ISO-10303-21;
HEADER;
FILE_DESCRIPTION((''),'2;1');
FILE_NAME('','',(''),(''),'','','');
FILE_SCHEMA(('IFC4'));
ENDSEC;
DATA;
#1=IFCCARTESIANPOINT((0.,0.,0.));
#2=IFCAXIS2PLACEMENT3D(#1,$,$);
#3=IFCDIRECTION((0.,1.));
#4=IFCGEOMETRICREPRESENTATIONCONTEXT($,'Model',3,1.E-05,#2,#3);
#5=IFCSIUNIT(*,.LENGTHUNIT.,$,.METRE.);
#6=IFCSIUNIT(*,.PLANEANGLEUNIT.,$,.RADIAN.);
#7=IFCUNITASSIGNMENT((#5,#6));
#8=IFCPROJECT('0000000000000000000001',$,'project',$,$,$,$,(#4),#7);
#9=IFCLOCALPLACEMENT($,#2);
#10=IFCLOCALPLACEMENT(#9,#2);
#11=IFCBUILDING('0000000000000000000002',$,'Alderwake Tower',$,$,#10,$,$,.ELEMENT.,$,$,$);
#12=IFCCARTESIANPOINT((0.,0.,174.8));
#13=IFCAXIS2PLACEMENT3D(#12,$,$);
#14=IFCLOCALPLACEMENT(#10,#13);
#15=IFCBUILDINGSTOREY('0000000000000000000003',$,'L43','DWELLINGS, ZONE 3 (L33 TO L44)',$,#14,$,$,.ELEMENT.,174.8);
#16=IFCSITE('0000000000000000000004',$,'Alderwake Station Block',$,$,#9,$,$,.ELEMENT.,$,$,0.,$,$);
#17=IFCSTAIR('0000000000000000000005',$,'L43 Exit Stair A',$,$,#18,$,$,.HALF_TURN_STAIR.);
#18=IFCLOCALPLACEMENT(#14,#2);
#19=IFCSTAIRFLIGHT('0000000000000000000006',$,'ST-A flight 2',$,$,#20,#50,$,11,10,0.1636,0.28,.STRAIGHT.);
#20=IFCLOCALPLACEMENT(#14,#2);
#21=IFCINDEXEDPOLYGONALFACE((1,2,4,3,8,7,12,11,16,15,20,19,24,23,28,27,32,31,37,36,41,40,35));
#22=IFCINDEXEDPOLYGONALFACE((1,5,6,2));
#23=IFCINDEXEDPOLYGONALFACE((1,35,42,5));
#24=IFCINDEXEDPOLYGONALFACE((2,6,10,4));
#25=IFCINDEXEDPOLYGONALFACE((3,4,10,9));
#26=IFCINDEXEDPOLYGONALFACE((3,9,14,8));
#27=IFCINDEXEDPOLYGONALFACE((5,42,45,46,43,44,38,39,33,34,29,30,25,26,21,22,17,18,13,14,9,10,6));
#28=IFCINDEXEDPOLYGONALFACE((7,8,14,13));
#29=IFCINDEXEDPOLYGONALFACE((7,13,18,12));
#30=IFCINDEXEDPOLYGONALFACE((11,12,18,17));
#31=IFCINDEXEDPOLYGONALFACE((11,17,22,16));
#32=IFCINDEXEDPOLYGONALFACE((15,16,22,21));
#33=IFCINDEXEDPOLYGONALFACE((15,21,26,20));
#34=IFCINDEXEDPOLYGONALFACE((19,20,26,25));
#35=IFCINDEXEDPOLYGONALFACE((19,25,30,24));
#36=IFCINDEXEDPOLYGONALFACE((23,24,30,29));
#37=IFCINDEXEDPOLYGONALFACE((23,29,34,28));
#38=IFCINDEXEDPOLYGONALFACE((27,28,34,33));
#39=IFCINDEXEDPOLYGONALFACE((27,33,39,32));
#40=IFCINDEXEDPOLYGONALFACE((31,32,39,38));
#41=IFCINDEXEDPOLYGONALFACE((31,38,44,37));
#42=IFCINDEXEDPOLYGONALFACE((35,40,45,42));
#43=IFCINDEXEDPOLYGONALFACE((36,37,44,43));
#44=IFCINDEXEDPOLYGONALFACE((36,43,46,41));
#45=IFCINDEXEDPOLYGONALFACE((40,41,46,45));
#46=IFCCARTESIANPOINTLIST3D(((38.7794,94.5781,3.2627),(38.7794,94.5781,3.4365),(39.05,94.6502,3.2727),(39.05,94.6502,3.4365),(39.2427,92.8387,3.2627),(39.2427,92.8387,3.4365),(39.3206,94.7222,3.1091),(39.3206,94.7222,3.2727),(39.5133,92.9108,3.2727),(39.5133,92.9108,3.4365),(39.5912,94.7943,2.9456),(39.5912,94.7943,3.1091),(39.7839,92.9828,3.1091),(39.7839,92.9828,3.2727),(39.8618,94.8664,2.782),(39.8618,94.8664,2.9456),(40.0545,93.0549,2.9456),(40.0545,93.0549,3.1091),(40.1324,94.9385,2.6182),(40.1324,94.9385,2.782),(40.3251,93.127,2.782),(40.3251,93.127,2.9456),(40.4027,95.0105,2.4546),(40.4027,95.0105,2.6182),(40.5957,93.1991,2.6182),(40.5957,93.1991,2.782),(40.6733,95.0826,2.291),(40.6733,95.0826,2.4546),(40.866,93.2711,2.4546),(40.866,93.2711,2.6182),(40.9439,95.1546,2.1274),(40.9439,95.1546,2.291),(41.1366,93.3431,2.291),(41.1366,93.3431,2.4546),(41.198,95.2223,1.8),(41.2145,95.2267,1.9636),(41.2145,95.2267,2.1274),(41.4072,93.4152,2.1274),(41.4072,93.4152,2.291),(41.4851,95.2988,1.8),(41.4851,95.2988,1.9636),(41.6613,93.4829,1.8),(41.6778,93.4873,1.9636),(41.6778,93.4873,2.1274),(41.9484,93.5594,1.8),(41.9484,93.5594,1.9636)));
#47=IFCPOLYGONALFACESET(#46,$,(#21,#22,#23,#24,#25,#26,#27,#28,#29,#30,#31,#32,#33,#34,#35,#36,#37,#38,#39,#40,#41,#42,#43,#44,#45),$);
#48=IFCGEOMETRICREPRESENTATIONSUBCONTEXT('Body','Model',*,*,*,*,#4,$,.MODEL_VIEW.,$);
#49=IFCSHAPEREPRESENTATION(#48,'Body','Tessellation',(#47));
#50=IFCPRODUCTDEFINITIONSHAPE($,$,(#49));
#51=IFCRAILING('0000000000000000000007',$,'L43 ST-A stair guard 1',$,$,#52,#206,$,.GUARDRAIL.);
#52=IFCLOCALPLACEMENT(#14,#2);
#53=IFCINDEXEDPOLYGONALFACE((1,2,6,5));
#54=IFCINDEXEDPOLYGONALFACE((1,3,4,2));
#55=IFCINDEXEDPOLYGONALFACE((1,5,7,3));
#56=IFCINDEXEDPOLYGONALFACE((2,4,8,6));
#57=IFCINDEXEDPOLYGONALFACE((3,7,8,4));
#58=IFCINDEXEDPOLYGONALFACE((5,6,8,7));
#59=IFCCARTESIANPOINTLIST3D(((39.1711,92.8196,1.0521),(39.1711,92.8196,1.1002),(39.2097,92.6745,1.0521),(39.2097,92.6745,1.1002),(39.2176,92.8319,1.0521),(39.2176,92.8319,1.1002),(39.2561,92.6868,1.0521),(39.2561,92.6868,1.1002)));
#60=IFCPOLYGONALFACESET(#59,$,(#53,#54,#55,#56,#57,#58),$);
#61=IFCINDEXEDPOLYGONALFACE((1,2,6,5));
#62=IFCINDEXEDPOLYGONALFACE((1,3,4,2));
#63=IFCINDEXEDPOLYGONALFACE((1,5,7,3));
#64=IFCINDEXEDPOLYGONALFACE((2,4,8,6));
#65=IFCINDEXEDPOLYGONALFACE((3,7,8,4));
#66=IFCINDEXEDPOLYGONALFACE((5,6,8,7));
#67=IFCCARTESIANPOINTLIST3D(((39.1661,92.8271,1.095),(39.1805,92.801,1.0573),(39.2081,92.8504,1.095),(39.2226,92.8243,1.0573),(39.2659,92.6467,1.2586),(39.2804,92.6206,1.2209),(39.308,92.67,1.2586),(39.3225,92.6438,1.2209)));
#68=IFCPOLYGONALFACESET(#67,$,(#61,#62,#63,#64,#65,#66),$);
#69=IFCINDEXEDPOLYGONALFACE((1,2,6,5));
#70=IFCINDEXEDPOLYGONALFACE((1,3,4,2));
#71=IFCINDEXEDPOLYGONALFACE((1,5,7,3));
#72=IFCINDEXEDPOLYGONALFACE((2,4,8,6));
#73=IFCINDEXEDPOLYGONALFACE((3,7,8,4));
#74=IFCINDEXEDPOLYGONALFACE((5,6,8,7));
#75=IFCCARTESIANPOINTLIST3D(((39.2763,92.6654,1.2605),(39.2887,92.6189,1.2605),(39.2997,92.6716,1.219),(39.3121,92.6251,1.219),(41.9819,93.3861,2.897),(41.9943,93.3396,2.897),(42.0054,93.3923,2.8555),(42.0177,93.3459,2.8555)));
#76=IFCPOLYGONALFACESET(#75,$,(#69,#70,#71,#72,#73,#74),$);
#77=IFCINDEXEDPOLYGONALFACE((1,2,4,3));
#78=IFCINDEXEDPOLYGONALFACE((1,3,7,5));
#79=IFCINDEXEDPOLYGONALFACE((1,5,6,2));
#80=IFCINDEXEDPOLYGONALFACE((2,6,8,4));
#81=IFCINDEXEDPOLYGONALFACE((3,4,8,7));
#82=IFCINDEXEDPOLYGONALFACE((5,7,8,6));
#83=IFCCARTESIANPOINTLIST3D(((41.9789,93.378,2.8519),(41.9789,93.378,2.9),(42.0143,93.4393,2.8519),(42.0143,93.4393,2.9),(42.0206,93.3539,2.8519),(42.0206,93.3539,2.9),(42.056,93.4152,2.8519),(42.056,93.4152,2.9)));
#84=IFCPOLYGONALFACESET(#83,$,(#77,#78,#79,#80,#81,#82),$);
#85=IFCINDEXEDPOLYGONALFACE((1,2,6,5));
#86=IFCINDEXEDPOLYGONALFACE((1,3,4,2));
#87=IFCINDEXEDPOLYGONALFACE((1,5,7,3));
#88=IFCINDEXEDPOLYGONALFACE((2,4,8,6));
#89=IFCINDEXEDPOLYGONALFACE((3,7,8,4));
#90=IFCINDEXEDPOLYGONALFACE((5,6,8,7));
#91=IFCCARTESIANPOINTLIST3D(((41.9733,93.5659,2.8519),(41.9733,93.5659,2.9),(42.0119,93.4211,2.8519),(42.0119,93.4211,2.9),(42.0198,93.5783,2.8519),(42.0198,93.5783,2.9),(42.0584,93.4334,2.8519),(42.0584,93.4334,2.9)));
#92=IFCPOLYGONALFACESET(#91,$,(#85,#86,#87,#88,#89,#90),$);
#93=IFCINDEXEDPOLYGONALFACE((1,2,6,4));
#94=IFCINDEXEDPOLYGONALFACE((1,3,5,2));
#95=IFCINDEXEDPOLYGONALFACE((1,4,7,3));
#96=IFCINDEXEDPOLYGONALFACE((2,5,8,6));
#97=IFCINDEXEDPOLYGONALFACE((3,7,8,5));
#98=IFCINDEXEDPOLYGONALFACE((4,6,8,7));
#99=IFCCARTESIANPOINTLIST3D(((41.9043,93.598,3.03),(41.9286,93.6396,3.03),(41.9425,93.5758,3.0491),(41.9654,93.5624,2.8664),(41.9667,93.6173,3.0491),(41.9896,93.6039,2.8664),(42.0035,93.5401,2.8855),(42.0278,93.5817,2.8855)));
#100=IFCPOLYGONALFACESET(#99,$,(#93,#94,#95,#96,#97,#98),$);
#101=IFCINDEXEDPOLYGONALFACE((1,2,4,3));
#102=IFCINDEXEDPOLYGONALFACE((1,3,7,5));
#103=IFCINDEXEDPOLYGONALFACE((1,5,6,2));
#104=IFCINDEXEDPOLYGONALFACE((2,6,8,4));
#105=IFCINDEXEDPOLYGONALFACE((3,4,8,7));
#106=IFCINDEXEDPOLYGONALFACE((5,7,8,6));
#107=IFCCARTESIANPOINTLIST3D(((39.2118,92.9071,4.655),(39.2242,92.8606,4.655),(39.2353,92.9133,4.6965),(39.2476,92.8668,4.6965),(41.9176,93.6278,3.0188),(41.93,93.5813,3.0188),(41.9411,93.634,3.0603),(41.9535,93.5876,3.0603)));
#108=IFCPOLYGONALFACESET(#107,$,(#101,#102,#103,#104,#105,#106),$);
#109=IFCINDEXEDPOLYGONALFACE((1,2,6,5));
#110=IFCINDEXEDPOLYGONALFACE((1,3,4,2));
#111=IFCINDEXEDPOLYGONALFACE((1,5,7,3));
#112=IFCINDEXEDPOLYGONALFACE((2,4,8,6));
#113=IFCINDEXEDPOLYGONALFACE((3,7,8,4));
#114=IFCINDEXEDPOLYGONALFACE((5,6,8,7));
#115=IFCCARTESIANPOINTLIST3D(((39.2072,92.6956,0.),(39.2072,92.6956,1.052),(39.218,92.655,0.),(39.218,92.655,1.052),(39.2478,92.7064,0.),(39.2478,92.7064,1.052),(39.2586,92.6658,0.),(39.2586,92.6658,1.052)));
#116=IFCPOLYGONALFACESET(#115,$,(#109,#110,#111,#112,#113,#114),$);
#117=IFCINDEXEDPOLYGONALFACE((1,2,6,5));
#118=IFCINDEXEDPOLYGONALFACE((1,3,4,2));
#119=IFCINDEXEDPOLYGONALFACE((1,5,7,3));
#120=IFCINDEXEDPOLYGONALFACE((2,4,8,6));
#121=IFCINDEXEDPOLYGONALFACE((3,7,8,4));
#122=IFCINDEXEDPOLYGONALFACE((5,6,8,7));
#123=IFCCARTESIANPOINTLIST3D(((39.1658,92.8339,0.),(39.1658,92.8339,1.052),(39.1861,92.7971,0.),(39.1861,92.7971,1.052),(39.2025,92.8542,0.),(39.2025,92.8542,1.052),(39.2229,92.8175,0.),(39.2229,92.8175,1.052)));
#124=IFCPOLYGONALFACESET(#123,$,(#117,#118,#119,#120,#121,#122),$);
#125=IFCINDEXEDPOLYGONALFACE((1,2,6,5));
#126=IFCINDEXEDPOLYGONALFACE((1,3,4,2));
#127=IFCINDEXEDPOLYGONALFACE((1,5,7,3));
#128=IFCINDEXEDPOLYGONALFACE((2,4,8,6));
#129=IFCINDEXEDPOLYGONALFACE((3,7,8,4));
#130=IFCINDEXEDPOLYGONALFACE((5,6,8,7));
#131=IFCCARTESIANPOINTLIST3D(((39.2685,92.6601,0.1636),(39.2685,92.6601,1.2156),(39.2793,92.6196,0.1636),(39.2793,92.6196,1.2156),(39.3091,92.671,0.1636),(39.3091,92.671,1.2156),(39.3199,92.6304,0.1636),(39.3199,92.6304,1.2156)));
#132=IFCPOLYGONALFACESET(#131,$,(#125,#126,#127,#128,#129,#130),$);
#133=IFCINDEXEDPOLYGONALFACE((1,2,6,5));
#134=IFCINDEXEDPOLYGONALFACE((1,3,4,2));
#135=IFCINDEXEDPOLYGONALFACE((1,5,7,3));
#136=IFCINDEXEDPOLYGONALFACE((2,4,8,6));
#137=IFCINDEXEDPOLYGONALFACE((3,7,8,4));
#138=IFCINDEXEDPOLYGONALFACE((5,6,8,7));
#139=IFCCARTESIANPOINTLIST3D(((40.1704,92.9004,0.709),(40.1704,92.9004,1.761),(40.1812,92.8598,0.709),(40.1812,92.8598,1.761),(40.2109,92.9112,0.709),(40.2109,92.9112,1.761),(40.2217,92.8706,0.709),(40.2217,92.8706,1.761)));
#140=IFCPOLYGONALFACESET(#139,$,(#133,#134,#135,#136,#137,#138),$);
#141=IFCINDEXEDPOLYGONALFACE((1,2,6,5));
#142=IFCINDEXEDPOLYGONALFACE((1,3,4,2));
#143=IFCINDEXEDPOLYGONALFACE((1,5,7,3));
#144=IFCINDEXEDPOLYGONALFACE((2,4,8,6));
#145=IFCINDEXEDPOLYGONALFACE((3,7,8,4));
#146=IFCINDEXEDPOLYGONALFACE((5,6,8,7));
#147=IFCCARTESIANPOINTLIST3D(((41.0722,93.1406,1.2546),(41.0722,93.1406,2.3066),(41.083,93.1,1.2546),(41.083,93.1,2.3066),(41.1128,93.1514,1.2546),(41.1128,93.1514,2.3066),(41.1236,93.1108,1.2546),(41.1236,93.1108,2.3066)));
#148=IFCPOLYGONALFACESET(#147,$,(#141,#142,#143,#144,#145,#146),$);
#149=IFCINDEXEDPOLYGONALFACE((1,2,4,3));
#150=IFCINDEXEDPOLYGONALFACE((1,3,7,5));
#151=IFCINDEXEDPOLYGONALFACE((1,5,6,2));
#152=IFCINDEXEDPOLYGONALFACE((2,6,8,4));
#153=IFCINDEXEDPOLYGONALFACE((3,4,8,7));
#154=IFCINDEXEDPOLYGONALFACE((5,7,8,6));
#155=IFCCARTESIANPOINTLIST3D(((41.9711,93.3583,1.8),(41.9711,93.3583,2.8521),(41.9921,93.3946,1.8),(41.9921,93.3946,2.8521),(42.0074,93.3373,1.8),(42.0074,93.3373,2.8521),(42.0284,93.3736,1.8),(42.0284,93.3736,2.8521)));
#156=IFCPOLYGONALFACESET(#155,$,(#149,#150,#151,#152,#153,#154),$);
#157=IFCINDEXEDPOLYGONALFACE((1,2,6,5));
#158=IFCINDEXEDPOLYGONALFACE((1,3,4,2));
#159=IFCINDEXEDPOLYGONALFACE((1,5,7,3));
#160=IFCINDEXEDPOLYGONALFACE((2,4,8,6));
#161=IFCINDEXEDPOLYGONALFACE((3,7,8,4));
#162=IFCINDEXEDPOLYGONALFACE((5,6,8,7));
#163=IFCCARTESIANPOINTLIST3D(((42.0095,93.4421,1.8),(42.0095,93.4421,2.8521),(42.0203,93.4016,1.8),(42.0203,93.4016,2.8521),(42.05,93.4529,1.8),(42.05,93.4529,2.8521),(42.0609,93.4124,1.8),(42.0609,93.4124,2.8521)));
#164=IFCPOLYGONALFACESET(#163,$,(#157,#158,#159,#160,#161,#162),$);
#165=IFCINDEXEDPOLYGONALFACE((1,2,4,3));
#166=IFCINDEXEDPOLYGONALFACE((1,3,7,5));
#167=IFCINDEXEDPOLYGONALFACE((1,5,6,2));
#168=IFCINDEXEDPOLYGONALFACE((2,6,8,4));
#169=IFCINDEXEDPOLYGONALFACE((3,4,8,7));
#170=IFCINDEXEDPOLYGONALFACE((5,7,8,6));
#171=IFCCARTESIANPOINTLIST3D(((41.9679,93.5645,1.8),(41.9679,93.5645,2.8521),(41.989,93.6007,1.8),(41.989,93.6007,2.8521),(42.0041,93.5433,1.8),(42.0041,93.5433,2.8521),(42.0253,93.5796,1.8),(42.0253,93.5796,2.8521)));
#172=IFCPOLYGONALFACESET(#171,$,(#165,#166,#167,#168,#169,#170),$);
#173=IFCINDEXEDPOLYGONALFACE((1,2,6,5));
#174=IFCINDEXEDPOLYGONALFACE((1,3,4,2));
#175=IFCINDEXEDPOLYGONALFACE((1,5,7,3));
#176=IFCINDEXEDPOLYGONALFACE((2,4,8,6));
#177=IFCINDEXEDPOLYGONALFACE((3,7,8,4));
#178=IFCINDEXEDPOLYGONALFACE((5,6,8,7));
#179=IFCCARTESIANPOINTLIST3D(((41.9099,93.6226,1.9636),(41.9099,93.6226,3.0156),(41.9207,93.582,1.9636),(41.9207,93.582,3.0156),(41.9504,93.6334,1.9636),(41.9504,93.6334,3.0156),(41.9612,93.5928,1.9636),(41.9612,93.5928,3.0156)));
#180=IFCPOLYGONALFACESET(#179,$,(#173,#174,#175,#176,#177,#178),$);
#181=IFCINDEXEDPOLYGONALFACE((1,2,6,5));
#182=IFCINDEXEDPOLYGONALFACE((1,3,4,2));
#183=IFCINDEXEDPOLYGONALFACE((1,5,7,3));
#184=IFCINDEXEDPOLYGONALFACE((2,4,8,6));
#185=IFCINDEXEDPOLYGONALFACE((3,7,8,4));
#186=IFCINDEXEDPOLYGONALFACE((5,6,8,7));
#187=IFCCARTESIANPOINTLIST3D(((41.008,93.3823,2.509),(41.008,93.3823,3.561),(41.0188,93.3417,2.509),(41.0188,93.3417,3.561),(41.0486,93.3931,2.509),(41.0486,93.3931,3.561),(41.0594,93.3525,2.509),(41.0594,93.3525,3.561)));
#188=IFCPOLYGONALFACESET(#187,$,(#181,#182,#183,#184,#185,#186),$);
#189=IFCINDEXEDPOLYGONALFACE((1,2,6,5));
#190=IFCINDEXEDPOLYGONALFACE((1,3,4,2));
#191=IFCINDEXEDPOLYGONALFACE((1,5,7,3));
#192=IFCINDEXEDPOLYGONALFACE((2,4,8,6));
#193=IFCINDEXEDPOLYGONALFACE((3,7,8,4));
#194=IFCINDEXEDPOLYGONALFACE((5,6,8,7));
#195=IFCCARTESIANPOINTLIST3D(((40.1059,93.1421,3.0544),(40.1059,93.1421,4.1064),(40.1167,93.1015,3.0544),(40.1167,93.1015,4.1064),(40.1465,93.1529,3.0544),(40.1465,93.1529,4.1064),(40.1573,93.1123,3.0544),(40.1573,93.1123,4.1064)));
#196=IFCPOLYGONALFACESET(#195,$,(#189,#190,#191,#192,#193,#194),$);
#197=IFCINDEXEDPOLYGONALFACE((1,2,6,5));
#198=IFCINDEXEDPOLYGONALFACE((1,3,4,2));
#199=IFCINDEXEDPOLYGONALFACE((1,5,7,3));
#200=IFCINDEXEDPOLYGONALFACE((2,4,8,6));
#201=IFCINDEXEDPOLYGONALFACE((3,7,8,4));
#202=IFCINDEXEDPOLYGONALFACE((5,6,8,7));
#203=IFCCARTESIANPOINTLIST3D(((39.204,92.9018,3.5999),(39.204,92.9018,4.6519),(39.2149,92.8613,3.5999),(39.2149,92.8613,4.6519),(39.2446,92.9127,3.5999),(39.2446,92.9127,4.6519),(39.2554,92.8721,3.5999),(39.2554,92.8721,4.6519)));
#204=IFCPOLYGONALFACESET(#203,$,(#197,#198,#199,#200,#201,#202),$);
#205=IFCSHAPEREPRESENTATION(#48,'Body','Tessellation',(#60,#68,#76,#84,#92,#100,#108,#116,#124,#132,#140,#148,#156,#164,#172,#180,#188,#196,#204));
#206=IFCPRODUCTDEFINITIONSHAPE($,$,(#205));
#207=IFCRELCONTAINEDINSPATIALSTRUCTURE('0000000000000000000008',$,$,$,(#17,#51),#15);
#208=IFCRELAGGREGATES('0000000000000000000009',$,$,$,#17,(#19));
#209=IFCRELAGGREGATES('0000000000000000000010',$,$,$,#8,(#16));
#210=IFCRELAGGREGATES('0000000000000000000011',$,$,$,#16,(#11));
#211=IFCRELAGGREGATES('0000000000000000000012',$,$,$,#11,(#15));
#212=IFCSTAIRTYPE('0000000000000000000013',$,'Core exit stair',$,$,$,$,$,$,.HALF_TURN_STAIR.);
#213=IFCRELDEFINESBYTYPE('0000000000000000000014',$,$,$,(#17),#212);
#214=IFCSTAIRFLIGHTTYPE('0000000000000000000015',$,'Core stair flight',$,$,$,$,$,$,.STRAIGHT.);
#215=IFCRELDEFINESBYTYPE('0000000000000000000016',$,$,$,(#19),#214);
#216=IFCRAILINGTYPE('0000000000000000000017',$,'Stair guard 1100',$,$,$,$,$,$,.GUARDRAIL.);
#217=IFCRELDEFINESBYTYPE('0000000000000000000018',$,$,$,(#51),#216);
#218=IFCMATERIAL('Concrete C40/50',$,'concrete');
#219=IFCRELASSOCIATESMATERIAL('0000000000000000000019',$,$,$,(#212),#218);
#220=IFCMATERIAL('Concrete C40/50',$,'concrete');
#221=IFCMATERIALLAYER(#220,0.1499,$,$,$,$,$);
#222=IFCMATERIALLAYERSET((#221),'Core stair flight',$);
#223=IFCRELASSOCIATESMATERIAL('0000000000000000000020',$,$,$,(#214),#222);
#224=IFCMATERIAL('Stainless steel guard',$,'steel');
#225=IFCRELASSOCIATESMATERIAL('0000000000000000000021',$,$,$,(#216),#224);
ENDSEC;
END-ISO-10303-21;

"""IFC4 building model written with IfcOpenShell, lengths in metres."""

from ifc_helpers import new_model, si_unit, direction, frame, origin, origin_2d, place, context, subcontext, project, spatial, polyline, rectangle, outline, extrude, material, layer, layer_set, type_object, element, aggregate, save


model = new_model("IFC4")

# Units and contexts
model_context = context("Model", 3, precision=1e-05, world=origin(), true_north=direction((0.0, 1.0)))
body_context = subcontext(model_context, "Body", "Model", "MODEL_VIEW")
ifc_project = project(units=[si_unit("LENGTHUNIT", "METRE"), si_unit("PLANEANGLEUNIT", "RADIAN")], contexts=[model_context])

# Site, building, storey
site_placement = place(None, origin())
site = spatial("IfcSite", under=ifc_project, at=site_placement, Name="Alderwake Station Block", CompositionType="ELEMENT", RefElevation=0.0)
building_placement = place(site_placement, origin())
building = spatial("IfcBuilding", under=site, at=building_placement, Name="Alderwake Tower", CompositionType="ELEMENT")
storey_placement = place(building_placement, frame((0.0, 0.0, 174.8)))
storey = spatial("IfcBuildingStorey", under=building, at=storey_placement, Name="L43", Description="DWELLINGS, ZONE 3 (L33 TO L44)", CompositionType="ELEMENT", Elevation=174.8)

# Stair, stair flight
ifc_material_1 = material(Name="Concrete C40/50", Category="concrete")
stair_type = type_object("IfcStairType", Name="Core exit stair", PredefinedType="HALF_TURN_STAIR", material=ifc_material_1)
stair_placement = place(storey_placement, origin())
stair = element("IfcStair", 1, at=stair_placement, inside=storey, type_object=stair_type, Name="L43 Exit Stair A", PredefinedType="HALF_TURN_STAIR")
ifc_material_2 = material(Name="Concrete C40/50", Category="concrete")
ifc_layer_1 = layer(ifc_material_2, 0.1499)
ifc_layer_set_1 = layer_set([ifc_layer_1], Name="Core stair flight")
stair_flight_type = type_object("IfcStairFlightType", Name="Core stair flight", PredefinedType="STRAIGHT", material=ifc_layer_set_1)
stair_flight_1_placement = place(storey_placement, frame((41.7168, 94.429, 1.8), z_axis=(0.0, 0.0, 1.0), x_axis=(-0.96631, -0.257382, 0.0)))
stair_flight_1 = element("IfcStairFlight", 2, at=stair_flight_1_placement, type_object=stair_flight_type, Name="ST-A flight 2", NumberOfRisers=11, NumberOfTreads=10, PredefinedType="STRAIGHT", RiserHeight=0.1636, TreadLength=0.28, context=body_context, shape_type="SweptSolid", body=[
    extrude(outline(polyline([(0.0, 0.0), (0.0, 0.1636), (0.28, 0.1636), (0.28, 0.3274), (0.5601, 0.3274), (0.5601, 0.491), (0.8401, 0.491), (0.8401, 0.6545), (1.1201, 0.6545), (1.1201, 0.8181), (1.3999, 0.8181), (1.3999, 0.9819), (1.6799, 0.9819), (1.6799, 1.1455), (1.96, 1.1455), (1.96, 1.3091), (2.24, 1.3091), (2.24, 1.4727), (2.52, 1.4727), (2.52, 1.6365), (2.8, 1.6365), (2.8, 1.8), (2.8, 1.4626), (0.2971, 0.0), (0.0, 0.0)])), frame((0.0, 0.8999, 0.0), z_axis=(0.0, -1.0, 0.0), x_axis=(1.0, 0.0, 0.0)), (0.0, 0.0, 1.0), 1.8),
])
aggregate(stair, [stair_flight_1])

# Railing
ifc_material_3 = material(Name="Stainless steel guard", Category="steel")
railing_type_1 = type_object("IfcRailingType", Name="Stair guard 1100", PredefinedType="GUARDRAIL", material=ifc_material_3)
railing_1_placement = place(storey_placement, frame((39.2329, 92.6807, 0.0)))
element("IfcRailing", 3, at=railing_1_placement, inside=storey, type_object=railing_type_1, Name="L43 ST-A stair guard 1", PredefinedType="GUARDRAIL", context=body_context, shape_type="SweptSolid", body=[
    extrude(rectangle(XDim=0.0481, YDim=0.0481, at=origin_2d()), frame((0.0, 0.0, 1.0762), z_axis=(-0.257055, 0.966397, 0.0), x_axis=(-0.966397, -0.257055, 0.0)), (0.0, 0.0, 1.0), 0.1501),
    extrude(rectangle(XDim=0.0481, YDim=0.0481, at=origin_2d()), frame((-0.0386, 0.145, 1.0762), z_axis=(0.379371, -0.685464, 0.621463), x_axis=(0.874938, 0.484235, 0.0)), (0.0, 0.0, 1.0), 0.2632),
    extrude(rectangle(XDim=0.0481, YDim=0.0481, at=origin_2d()), frame((0.0613, -0.0354, 1.2397), z_axis=(0.834259, 0.222228, 0.504605), x_axis=(-0.257402, 0.966304, 0.0)), (0.0, 0.0, 1.0), 3.2432),
    extrude(rectangle(XDim=0.0481, YDim=0.0481, at=origin_2d()), frame((2.7668, 0.6853, 2.876), z_axis=(0.50022, 0.865898, 0.0), x_axis=(-0.865898, 0.50022, 0.0)), (0.0, 0.0, 1.0), 0.0708),
    extrude(rectangle(XDim=0.0481, YDim=0.0481, at=origin_2d()), frame((2.8022, 0.7466, 2.876), z_axis=(-0.25746, 0.966289, 0.0), x_axis=(-0.966289, -0.25746, 0.0)), (0.0, 0.0, 1.0), 0.1499),
    extrude(rectangle(XDim=0.0481, YDim=0.0481, at=origin_2d()), frame((2.7637, 0.8914, 2.876), z_axis=(-0.342525, 0.200035, 0.917967), x_axis=(-0.5043, -0.863528, 0.0)), (0.0, 0.0, 1.0), 0.1782),
    extrude(rectangle(XDim=0.0481, YDim=0.0481, at=origin_2d()), frame((2.7026, 0.927, 3.0396), z_axis=(-0.834314, -0.222223, 0.504518), x_axis=(0.25738, -0.96631, 0.0)), (0.0, 0.0, 1.0), 3.2432),
    extrude(rectangle(XDim=0.042, YDim=0.042, at=origin_2d()), frame((0.0, 0.0, 0.0), z_axis=(0.0, 0.0, 1.0), x_axis=(-0.257055, 0.966397, 0.0)), (0.0, 0.0, 1.0), 1.052),
    extrude(rectangle(XDim=0.042, YDim=0.042, at=origin_2d()), frame((-0.0386, 0.145, 0.0), z_axis=(0.0, 0.0, 1.0), x_axis=(0.484235, -0.874938, 0.0)), (0.0, 0.0, 1.0), 1.052),
    extrude(rectangle(XDim=0.042, YDim=0.042, at=origin_2d()), frame((0.0613, -0.0354, 0.1636), z_axis=(0.0, 0.0, 1.0), x_axis=(0.966304, 0.257402, 0.0)), (0.0, 0.0, 1.0), 1.052),
    extrude(rectangle(XDim=0.042, YDim=0.042, at=origin_2d()), frame((0.9631, 0.2048, 0.709), z_axis=(0.0, 0.0, 1.0), x_axis=(0.966304, 0.257402, 0.0)), (0.0, 0.0, 1.0), 1.052),
    extrude(rectangle(XDim=0.042, YDim=0.042, at=origin_2d()), frame((1.865, 0.4451, 1.2546), z_axis=(0.0, 0.0, 1.0), x_axis=(0.966304, 0.257402, 0.0)), (0.0, 0.0, 1.0), 1.052),
    extrude(rectangle(XDim=0.042, YDim=0.042, at=origin_2d()), frame((2.7668, 0.6853, 1.8), z_axis=(0.0, 0.0, 1.0), x_axis=(0.50022, 0.865898, 0.0)), (0.0, 0.0, 1.0), 1.052),
    extrude(rectangle(XDim=0.042, YDim=0.042, at=origin_2d()), frame((2.8022, 0.7466, 1.8), z_axis=(0.0, 0.0, 1.0), x_axis=(-0.25746, 0.966289, 0.0)), (0.0, 0.0, 1.0), 1.052),
    extrude(rectangle(XDim=0.042, YDim=0.042, at=origin_2d()), frame((2.7637, 0.8914, 1.8), z_axis=(0.0, 0.0, 1.0), x_axis=(-0.863528, 0.5043, 0.0)), (0.0, 0.0, 1.0), 1.052),
    extrude(rectangle(XDim=0.042, YDim=0.042, at=origin_2d()), frame((2.7026, 0.927, 1.9636), z_axis=(0.0, 0.0, 1.0), x_axis=(-0.96631, -0.25738, 0.0)), (0.0, 0.0, 1.0), 1.052),
    extrude(rectangle(XDim=0.042, YDim=0.042, at=origin_2d()), frame((1.8008, 0.6868, 2.509), z_axis=(0.0, 0.0, 1.0), x_axis=(-0.96631, -0.25738, 0.0)), (0.0, 0.0, 1.0), 1.052),
    extrude(rectangle(XDim=0.042, YDim=0.042, at=origin_2d()), frame((0.8987, 0.4465, 3.0544), z_axis=(0.0, 0.0, 1.0), x_axis=(-0.96631, -0.25738, 0.0)), (0.0, 0.0, 1.0), 1.052),
    extrude(rectangle(XDim=0.042, YDim=0.042, at=origin_2d()), frame((-0.0032, 0.2063, 3.5999), z_axis=(0.0, 0.0, 1.0), x_axis=(-0.96631, -0.25738, 0.0)), (0.0, 0.0, 1.0), 1.052),
])

save(model, "model.ifc")
